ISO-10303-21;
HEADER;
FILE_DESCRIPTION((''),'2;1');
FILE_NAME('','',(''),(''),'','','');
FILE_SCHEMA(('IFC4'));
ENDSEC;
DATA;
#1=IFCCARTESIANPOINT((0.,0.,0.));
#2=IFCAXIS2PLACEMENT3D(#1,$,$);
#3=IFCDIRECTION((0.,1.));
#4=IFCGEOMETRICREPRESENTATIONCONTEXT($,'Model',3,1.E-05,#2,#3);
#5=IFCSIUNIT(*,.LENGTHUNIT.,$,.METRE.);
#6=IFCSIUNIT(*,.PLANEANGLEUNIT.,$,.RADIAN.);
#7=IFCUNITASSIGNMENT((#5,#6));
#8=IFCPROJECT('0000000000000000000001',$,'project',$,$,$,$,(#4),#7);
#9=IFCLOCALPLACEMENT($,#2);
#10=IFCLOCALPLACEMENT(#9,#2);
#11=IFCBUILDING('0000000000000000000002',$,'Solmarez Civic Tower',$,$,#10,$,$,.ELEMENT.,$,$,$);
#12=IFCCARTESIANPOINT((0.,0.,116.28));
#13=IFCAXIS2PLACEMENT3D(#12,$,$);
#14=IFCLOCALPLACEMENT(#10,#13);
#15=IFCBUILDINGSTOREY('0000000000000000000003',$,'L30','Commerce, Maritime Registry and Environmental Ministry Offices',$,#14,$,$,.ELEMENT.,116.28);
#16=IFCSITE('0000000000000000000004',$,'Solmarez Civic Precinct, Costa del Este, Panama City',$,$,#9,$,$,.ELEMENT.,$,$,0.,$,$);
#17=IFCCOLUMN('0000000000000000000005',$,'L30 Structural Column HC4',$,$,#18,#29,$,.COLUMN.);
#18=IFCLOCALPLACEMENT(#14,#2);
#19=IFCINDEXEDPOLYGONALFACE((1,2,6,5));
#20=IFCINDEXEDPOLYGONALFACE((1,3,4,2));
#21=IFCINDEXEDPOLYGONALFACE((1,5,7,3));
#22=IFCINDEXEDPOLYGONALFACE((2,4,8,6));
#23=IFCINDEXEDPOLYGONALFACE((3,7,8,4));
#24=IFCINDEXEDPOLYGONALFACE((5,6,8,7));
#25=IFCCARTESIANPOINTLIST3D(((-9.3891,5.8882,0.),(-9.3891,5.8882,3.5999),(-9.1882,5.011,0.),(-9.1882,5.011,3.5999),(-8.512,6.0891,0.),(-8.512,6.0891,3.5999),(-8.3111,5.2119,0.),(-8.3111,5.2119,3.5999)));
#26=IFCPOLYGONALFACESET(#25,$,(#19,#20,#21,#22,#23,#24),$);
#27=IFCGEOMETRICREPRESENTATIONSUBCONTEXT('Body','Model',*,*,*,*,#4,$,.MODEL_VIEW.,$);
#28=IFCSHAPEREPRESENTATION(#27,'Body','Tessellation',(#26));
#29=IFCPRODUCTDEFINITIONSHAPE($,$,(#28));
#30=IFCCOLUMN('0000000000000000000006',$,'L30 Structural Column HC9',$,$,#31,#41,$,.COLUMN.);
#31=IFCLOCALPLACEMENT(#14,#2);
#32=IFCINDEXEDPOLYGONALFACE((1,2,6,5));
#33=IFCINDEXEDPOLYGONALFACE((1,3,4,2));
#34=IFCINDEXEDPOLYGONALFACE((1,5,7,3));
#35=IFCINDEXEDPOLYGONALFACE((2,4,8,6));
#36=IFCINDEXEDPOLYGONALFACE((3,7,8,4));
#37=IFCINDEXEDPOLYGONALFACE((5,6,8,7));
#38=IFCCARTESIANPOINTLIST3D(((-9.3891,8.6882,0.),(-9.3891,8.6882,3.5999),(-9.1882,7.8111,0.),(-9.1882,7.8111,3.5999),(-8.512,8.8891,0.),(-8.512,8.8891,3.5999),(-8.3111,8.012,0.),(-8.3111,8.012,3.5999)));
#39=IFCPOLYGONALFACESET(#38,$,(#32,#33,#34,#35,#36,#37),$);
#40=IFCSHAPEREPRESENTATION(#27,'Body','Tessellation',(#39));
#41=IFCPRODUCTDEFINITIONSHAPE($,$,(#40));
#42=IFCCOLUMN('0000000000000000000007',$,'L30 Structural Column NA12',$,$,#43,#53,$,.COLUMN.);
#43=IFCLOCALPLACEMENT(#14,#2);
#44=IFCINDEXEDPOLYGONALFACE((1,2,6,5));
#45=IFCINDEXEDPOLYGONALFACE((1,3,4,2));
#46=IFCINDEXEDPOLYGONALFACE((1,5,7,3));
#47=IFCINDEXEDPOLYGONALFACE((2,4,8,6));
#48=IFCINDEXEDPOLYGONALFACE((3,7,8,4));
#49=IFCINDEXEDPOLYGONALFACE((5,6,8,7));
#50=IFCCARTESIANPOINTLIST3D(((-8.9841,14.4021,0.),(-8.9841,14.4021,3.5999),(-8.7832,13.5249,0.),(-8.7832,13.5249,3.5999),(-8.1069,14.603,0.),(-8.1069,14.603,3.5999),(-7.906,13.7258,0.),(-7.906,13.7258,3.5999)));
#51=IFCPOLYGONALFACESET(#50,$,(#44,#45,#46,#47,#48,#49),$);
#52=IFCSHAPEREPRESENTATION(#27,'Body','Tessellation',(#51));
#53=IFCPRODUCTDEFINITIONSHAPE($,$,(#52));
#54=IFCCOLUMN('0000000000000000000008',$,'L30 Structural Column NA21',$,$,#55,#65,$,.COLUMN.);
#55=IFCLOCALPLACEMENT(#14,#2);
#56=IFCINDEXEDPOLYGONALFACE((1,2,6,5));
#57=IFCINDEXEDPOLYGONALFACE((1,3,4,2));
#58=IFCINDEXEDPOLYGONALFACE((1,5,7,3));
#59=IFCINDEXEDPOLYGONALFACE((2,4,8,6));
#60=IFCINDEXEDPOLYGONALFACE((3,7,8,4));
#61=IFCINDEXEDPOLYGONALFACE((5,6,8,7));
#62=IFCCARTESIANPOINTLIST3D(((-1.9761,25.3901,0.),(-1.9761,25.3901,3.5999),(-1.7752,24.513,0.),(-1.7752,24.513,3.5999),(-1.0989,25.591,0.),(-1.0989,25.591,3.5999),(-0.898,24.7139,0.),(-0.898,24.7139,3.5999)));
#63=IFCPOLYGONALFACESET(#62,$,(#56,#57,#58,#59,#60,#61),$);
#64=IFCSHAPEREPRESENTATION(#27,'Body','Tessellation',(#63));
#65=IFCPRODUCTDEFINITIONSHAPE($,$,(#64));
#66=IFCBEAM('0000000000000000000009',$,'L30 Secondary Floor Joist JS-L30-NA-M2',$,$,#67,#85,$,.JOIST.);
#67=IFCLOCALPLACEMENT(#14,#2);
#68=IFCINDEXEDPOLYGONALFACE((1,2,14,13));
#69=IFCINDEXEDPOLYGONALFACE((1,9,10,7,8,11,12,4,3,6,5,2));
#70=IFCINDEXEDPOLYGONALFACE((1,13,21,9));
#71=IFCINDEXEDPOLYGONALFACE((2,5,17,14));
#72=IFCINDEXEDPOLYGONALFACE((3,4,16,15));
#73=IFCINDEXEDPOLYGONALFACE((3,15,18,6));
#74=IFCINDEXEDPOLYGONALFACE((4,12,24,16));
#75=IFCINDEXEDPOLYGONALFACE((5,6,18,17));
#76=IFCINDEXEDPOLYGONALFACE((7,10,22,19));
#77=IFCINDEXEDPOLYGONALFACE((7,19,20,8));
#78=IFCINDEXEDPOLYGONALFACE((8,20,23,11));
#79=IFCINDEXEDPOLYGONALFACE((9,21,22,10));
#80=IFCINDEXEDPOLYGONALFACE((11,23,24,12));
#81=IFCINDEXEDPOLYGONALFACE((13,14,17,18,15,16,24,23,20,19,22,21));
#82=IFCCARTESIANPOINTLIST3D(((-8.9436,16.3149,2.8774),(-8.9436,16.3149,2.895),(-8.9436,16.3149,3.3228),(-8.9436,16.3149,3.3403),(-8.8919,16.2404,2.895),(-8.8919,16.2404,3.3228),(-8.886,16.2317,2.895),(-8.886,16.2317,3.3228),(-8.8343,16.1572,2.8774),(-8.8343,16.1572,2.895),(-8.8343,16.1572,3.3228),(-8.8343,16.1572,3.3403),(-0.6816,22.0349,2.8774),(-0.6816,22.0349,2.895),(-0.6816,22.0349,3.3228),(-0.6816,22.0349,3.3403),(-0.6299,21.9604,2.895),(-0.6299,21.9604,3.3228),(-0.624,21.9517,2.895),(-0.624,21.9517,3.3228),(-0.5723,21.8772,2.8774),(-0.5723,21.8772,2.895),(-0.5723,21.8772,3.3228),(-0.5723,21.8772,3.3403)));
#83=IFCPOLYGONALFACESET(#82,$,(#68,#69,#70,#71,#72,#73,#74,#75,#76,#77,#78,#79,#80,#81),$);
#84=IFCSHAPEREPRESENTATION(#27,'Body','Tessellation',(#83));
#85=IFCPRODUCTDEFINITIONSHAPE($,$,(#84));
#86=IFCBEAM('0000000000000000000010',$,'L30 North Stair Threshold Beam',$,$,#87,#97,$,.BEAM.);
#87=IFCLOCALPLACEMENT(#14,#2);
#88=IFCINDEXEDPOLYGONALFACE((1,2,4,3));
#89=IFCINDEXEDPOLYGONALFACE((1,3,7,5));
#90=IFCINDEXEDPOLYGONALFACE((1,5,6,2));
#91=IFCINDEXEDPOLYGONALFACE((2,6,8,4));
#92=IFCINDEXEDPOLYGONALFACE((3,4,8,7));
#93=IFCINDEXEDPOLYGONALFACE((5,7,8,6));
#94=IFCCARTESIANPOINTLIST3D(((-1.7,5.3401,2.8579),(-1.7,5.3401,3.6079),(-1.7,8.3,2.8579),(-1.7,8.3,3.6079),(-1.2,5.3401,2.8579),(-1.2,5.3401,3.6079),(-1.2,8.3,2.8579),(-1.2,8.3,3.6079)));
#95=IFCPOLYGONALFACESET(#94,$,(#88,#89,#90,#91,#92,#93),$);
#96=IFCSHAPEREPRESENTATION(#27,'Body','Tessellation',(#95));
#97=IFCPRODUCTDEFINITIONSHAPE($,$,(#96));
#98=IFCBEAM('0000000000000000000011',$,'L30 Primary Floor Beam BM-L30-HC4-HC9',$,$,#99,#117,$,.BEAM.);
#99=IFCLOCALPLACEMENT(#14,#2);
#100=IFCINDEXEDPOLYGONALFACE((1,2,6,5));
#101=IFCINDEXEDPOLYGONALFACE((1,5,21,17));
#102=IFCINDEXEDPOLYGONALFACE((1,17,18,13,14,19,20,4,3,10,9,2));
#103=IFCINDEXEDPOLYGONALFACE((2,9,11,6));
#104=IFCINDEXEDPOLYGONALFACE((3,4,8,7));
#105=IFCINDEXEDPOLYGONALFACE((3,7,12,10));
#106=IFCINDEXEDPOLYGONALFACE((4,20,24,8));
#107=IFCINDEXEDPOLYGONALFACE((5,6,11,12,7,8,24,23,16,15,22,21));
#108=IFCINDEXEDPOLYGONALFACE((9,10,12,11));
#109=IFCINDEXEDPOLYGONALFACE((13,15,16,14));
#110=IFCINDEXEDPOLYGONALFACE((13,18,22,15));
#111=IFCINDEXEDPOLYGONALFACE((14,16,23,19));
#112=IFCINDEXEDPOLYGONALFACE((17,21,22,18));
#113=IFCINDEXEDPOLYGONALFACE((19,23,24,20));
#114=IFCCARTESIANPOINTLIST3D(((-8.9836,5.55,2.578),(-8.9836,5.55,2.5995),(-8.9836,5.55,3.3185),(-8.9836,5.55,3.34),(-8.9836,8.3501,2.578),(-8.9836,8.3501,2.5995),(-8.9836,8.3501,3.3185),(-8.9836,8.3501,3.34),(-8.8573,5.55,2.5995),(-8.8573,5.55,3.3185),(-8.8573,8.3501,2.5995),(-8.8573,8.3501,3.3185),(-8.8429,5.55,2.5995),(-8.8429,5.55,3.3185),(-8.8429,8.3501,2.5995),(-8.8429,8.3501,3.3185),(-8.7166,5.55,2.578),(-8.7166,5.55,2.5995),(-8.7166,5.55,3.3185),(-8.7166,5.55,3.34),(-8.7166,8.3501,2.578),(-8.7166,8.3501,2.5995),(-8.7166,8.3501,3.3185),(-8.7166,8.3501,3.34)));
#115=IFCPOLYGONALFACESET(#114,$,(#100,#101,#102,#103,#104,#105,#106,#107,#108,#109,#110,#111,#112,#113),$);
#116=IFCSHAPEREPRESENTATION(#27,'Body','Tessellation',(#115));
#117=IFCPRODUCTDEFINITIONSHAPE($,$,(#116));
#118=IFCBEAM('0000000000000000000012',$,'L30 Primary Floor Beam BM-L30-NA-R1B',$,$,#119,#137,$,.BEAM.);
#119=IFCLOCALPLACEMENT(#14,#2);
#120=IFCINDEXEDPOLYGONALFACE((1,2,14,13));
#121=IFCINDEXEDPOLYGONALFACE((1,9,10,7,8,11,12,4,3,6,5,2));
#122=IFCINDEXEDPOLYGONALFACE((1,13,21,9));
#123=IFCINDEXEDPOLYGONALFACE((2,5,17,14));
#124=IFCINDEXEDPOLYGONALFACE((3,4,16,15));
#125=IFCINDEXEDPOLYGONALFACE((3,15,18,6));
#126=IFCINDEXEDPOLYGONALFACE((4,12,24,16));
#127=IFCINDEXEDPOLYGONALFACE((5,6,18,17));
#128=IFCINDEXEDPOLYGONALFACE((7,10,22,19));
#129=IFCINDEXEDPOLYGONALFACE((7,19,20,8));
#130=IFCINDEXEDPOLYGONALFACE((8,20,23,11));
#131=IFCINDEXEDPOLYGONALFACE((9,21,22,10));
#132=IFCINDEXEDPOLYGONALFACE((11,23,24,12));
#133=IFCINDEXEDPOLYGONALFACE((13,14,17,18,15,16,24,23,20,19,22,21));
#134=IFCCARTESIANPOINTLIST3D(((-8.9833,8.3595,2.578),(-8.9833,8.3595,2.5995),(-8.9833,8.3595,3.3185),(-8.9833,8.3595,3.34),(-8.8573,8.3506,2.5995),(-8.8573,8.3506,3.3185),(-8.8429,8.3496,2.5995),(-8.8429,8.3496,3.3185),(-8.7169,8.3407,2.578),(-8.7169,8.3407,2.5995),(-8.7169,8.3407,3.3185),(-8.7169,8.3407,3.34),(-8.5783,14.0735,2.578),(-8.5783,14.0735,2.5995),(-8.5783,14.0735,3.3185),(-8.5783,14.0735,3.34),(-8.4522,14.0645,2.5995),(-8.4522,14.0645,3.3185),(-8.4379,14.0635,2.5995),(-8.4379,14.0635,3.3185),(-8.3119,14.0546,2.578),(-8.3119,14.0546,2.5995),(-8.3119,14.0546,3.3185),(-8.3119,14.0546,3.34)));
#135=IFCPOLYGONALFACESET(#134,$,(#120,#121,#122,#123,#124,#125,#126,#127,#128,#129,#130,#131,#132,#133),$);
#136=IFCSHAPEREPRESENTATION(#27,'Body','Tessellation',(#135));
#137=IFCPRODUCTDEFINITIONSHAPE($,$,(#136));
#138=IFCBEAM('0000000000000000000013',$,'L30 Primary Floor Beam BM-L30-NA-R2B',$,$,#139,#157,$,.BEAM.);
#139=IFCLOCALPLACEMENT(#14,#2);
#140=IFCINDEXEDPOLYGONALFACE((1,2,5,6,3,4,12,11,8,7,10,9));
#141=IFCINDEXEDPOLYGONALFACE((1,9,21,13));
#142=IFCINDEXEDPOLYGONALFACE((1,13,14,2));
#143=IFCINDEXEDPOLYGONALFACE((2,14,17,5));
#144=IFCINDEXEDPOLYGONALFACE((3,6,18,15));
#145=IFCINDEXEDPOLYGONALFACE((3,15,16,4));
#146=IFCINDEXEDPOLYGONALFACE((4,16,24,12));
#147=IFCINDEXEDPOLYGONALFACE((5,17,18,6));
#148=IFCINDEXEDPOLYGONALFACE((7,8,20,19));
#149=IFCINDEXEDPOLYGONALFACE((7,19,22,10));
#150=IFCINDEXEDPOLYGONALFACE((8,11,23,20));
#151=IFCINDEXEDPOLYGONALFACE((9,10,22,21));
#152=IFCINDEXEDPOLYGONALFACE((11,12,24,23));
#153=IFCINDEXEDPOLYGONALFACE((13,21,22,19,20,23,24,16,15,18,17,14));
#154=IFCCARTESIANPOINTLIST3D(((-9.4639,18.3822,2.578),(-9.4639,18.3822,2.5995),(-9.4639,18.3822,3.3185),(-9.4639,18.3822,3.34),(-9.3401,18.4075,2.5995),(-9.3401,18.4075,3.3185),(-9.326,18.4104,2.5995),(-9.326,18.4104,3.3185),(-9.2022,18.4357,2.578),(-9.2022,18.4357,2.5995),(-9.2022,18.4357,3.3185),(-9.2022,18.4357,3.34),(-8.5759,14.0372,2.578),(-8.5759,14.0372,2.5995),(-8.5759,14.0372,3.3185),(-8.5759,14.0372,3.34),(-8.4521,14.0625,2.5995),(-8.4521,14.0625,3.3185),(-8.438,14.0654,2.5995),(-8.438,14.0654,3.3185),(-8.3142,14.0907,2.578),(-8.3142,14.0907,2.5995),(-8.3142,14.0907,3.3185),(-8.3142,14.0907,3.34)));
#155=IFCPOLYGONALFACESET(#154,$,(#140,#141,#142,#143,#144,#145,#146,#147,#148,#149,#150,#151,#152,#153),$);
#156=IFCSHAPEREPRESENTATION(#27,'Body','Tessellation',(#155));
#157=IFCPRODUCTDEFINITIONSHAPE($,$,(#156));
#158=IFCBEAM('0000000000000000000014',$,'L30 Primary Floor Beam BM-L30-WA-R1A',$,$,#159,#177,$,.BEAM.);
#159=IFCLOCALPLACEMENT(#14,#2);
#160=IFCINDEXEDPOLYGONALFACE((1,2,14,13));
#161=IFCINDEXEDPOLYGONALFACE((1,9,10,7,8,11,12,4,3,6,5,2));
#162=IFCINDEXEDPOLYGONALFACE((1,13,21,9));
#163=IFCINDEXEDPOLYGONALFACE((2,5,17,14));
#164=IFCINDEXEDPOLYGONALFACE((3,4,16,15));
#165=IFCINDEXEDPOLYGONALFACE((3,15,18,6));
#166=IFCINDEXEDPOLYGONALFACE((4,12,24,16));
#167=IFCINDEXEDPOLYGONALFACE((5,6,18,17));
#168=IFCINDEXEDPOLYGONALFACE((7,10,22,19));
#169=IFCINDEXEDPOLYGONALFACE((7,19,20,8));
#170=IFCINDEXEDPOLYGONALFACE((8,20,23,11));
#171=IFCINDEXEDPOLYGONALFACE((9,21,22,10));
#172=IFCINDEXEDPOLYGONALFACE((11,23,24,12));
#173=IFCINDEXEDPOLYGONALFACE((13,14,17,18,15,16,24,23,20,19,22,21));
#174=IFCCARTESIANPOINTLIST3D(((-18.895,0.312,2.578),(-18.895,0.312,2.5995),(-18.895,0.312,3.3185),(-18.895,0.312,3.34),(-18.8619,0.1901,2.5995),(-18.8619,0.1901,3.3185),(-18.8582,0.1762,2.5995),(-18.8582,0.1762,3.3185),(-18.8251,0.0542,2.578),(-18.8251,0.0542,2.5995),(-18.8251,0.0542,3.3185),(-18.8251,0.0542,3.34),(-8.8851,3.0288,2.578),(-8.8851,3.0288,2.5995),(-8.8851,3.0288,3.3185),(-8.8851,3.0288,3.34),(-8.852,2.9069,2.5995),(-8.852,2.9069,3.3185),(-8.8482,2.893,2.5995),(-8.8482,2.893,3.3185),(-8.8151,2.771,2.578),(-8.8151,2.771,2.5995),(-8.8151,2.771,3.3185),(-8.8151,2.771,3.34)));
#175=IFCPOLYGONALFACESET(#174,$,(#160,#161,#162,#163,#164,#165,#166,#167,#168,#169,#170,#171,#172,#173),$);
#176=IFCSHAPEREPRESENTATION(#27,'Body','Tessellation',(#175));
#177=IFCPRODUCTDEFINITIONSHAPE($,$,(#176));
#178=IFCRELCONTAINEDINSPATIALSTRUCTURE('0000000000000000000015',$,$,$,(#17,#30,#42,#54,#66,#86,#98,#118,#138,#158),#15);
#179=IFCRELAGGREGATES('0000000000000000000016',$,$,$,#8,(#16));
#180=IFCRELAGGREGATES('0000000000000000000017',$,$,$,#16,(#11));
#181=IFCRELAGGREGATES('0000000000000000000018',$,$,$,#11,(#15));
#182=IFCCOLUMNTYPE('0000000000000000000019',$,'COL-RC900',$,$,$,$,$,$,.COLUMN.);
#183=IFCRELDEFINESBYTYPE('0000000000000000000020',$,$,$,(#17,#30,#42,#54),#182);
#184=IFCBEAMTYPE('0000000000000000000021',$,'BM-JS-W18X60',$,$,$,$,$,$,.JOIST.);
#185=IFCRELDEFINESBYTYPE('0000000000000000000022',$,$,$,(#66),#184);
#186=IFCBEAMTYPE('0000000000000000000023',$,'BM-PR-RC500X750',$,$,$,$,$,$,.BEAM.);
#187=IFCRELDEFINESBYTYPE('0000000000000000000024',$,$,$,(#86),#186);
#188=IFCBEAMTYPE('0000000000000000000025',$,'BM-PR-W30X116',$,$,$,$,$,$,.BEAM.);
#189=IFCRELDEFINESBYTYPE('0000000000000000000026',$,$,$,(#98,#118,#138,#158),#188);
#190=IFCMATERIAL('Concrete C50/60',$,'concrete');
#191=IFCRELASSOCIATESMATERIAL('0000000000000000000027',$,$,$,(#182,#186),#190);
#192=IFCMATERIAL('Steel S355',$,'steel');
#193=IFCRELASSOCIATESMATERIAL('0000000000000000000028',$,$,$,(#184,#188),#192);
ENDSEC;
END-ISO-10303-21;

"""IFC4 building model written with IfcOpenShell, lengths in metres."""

from ifc_helpers import new_model, si_unit, direction, frame, origin, origin_2d, place, context, subcontext, project, spatial, rectangle, i_section, extrude, material, material_profile, profile_set, type_object, element, save


model = new_model("IFC4")

# Units and contexts
model_context = context("Model", 3, precision=1e-05, world=origin(), true_north=direction((0.0, 1.0)))
body_context = subcontext(model_context, "Body", "Model", "MODEL_VIEW")
ifc_project = project(units=[si_unit("LENGTHUNIT", "METRE"), si_unit("PLANEANGLEUNIT", "RADIAN")], contexts=[model_context])

# Site, building, storey
site_placement = place(None, origin())
site = spatial("IfcSite", under=ifc_project, at=site_placement, Name="Solmarez Civic Precinct, Costa del Este, Panama City", CompositionType="ELEMENT", RefElevation=0.0)
building_placement = place(site_placement, origin())
building = spatial("IfcBuilding", under=site, at=building_placement, Name="Solmarez Civic Tower", CompositionType="ELEMENT")
storey_placement = place(building_placement, frame((0.0, 0.0, 116.28)))
storey = spatial("IfcBuildingStorey", under=building, at=storey_placement, Name="L30", Description="Commerce, Maritime Registry and Environmental Ministry Offices", CompositionType="ELEMENT", Elevation=116.28)

# Columns
ifc_material_1 = material(Name="Concrete C50/60", Category="concrete")
ifc_material_profile_1 = material_profile(ifc_material_1, rectangle(XDim=0.8999, YDim=0.8999, at=origin_2d()), Name="RC900X900")
ifc_profile_set_1 = profile_set([ifc_material_profile_1], Name="Concrete C50/60")
column_type = type_object("IfcColumnType", Name="COL-RC900", PredefinedType="COLUMN", material=ifc_profile_set_1)
for number, where, z_axis, x_axis, name in (
    (1, (-8.8501, 5.55, 0.0), (0.0, 0.0, 1.0), (0.974761, 0.22325, 0.0), "L30 Structural Column HC4"),
    (2, (-8.8501, 8.3501, 0.0), (0.0, 0.0, 1.0), (0.974761, 0.22325, 0.0), "L30 Structural Column HC9"),
    (3, (-8.4451, 14.064, 0.0), (0.0, 0.0, 1.0), (0.974761, 0.22325, 0.0), "L30 Structural Column NA12"),
    (4, (-1.437, 25.052, 0.0), (0.0, 0.0, 1.0), (0.974761, 0.22325, 0.0), "L30 Structural Column NA21"),
):
    element("IfcColumn", number, at=place(storey_placement, frame(where, z_axis=z_axis, x_axis=x_axis)), inside=storey, type_object=column_type, Name=name, PredefinedType="COLUMN", context=body_context, shape_type="SweptSolid", body=[
        extrude(rectangle(XDim=0.8999, YDim=0.8999, at=origin_2d()), origin(), (0.0, 0.0, 1.0), 3.5999),
    ])

# Beams
ifc_material_2 = material(Name="Steel S355", Category="steel")
ifc_material_profile_2 = material_profile(ifc_material_2, i_section(OverallWidth=0.1919, OverallDepth=0.4629, WebThickness=0.0105, FlangeThickness=0.0176, at=origin_2d()), Name="W18X60")
ifc_profile_set_2 = profile_set([ifc_material_profile_2], Name="Steel S355")
beam_type_1 = type_object("IfcBeamType", Name="BM-JS-W18X60", PredefinedType="JOIST", material=ifc_profile_set_2)
beam_1_placement = place(storey_placement, frame((-0.627, 21.9561, 3.1089), z_axis=(-0.822185, -0.56922, 0.0), x_axis=(0.56922, -0.822185, 0.0)))
element("IfcBeam", 5, at=beam_1_placement, inside=storey, type_object=beam_type_1, Name="L30 Secondary Floor Joist JS-L30-NA-M2", PredefinedType="JOIST", context=body_context, shape_type="SweptSolid", body=[
    extrude(i_section(OverallWidth=0.1919, OverallDepth=0.4629, WebThickness=0.0105, FlangeThickness=0.0176, at=origin_2d()), origin(), (0.0, 0.0, 1.0), 10.0488),
])
ifc_material_profile_3 = material_profile(ifc_material_1, rectangle(XDim=0.5, YDim=0.75, at=origin_2d()), Name="RC500X750")
ifc_profile_set_3 = profile_set([ifc_material_profile_3], Name="Concrete C50/60")
beam_type_2 = type_object("IfcBeamType", Name="BM-PR-RC500X750", PredefinedType="BEAM", material=ifc_profile_set_3)
beam_2_placement = place(storey_placement, frame((-1.45, 5.3401, 3.2329), z_axis=(0.0, 1.0, 0.0), x_axis=(-1.0, 0.0, 0.0)))
element("IfcBeam", 6, at=beam_2_placement, inside=storey, type_object=beam_type_2, Name="L30 North Stair Threshold Beam", PredefinedType="BEAM", context=body_context, shape_type="SweptSolid", body=[
    extrude(rectangle(XDim=0.5, YDim=0.75, at=origin_2d()), origin(), (0.0, 0.0, 1.0), 2.96),
])
ifc_material_profile_4 = material_profile(ifc_material_2, i_section(OverallWidth=0.2671, OverallDepth=0.762, WebThickness=0.0144, FlangeThickness=0.0215, at=origin_2d()), Name="W30X116")
ifc_profile_set_4 = profile_set([ifc_material_profile_4], Name="Steel S355")
beam_type_3 = type_object("IfcBeamType", Name="BM-PR-W30X116", PredefinedType="BEAM", material=ifc_profile_set_4)
beam_3_placement = place(storey_placement, frame((-8.8501, 5.55, 2.959), z_axis=(0.0, 1.0, 0.0), x_axis=(-1.0, 0.0, 0.0)))
element("IfcBeam", 7, at=beam_3_placement, inside=storey, type_object=beam_type_3, Name="L30 Primary Floor Beam BM-L30-HC4-HC9", PredefinedType="BEAM", context=body_context, shape_type="SweptSolid", body=[
    extrude(i_section(OverallWidth=0.2671, OverallDepth=0.762, WebThickness=0.0144, FlangeThickness=0.0215, at=origin_2d()), origin(), (0.0, 0.0, 1.0), 2.8),
])
beam_4_placement = place(storey_placement, frame((-8.8501, 8.3501, 2.959), z_axis=(0.070708, 0.997497, 0.0), x_axis=(-0.997497, 0.070708, 0.0)))
element("IfcBeam", 8, at=beam_4_placement, inside=storey, type_object=beam_type_3, Name="L30 Primary Floor Beam BM-L30-NA-R1B", PredefinedType="BEAM", context=body_context, shape_type="SweptSolid", body=[
    extrude(i_section(OverallWidth=0.2671, OverallDepth=0.762, WebThickness=0.0144, FlangeThickness=0.0215, at=origin_2d()), origin(), (0.0, 0.0, 1.0), 5.7283),
])
beam_5_placement = place(storey_placement, frame((-8.4451, 14.064, 2.959), z_axis=(-0.200222, 0.979751, 0.0), x_axis=(-0.979751, -0.200222, 0.0)))
element("IfcBeam", 9, at=beam_5_placement, inside=storey, type_object=beam_type_3, Name="L30 Primary Floor Beam BM-L30-NA-R2B", PredefinedType="BEAM", context=body_context, shape_type="SweptSolid", body=[
    extrude(i_section(OverallWidth=0.2671, OverallDepth=0.762, WebThickness=0.0144, FlangeThickness=0.0215, at=origin_2d()), origin(), (0.0, 0.0, 1.0), 4.4348),
])
beam_6_placement = place(storey_placement, frame((-8.8501, 2.8999, 2.959), z_axis=(-0.965086, -0.261932, 0.0), x_axis=(0.261932, -0.965086, 0.0)))
element("IfcBeam", 10, at=beam_6_placement, inside=storey, type_object=beam_type_3, Name="L30 Primary Floor Beam BM-L30-WA-R1A", PredefinedType="BEAM", context=body_context, shape_type="SweptSolid", body=[
    extrude(i_section(OverallWidth=0.2671, OverallDepth=0.762, WebThickness=0.0144, FlangeThickness=0.0215, at=origin_2d()), origin(), (0.0, 0.0, 1.0), 10.3721),
])

save(model, "model.ifc")
